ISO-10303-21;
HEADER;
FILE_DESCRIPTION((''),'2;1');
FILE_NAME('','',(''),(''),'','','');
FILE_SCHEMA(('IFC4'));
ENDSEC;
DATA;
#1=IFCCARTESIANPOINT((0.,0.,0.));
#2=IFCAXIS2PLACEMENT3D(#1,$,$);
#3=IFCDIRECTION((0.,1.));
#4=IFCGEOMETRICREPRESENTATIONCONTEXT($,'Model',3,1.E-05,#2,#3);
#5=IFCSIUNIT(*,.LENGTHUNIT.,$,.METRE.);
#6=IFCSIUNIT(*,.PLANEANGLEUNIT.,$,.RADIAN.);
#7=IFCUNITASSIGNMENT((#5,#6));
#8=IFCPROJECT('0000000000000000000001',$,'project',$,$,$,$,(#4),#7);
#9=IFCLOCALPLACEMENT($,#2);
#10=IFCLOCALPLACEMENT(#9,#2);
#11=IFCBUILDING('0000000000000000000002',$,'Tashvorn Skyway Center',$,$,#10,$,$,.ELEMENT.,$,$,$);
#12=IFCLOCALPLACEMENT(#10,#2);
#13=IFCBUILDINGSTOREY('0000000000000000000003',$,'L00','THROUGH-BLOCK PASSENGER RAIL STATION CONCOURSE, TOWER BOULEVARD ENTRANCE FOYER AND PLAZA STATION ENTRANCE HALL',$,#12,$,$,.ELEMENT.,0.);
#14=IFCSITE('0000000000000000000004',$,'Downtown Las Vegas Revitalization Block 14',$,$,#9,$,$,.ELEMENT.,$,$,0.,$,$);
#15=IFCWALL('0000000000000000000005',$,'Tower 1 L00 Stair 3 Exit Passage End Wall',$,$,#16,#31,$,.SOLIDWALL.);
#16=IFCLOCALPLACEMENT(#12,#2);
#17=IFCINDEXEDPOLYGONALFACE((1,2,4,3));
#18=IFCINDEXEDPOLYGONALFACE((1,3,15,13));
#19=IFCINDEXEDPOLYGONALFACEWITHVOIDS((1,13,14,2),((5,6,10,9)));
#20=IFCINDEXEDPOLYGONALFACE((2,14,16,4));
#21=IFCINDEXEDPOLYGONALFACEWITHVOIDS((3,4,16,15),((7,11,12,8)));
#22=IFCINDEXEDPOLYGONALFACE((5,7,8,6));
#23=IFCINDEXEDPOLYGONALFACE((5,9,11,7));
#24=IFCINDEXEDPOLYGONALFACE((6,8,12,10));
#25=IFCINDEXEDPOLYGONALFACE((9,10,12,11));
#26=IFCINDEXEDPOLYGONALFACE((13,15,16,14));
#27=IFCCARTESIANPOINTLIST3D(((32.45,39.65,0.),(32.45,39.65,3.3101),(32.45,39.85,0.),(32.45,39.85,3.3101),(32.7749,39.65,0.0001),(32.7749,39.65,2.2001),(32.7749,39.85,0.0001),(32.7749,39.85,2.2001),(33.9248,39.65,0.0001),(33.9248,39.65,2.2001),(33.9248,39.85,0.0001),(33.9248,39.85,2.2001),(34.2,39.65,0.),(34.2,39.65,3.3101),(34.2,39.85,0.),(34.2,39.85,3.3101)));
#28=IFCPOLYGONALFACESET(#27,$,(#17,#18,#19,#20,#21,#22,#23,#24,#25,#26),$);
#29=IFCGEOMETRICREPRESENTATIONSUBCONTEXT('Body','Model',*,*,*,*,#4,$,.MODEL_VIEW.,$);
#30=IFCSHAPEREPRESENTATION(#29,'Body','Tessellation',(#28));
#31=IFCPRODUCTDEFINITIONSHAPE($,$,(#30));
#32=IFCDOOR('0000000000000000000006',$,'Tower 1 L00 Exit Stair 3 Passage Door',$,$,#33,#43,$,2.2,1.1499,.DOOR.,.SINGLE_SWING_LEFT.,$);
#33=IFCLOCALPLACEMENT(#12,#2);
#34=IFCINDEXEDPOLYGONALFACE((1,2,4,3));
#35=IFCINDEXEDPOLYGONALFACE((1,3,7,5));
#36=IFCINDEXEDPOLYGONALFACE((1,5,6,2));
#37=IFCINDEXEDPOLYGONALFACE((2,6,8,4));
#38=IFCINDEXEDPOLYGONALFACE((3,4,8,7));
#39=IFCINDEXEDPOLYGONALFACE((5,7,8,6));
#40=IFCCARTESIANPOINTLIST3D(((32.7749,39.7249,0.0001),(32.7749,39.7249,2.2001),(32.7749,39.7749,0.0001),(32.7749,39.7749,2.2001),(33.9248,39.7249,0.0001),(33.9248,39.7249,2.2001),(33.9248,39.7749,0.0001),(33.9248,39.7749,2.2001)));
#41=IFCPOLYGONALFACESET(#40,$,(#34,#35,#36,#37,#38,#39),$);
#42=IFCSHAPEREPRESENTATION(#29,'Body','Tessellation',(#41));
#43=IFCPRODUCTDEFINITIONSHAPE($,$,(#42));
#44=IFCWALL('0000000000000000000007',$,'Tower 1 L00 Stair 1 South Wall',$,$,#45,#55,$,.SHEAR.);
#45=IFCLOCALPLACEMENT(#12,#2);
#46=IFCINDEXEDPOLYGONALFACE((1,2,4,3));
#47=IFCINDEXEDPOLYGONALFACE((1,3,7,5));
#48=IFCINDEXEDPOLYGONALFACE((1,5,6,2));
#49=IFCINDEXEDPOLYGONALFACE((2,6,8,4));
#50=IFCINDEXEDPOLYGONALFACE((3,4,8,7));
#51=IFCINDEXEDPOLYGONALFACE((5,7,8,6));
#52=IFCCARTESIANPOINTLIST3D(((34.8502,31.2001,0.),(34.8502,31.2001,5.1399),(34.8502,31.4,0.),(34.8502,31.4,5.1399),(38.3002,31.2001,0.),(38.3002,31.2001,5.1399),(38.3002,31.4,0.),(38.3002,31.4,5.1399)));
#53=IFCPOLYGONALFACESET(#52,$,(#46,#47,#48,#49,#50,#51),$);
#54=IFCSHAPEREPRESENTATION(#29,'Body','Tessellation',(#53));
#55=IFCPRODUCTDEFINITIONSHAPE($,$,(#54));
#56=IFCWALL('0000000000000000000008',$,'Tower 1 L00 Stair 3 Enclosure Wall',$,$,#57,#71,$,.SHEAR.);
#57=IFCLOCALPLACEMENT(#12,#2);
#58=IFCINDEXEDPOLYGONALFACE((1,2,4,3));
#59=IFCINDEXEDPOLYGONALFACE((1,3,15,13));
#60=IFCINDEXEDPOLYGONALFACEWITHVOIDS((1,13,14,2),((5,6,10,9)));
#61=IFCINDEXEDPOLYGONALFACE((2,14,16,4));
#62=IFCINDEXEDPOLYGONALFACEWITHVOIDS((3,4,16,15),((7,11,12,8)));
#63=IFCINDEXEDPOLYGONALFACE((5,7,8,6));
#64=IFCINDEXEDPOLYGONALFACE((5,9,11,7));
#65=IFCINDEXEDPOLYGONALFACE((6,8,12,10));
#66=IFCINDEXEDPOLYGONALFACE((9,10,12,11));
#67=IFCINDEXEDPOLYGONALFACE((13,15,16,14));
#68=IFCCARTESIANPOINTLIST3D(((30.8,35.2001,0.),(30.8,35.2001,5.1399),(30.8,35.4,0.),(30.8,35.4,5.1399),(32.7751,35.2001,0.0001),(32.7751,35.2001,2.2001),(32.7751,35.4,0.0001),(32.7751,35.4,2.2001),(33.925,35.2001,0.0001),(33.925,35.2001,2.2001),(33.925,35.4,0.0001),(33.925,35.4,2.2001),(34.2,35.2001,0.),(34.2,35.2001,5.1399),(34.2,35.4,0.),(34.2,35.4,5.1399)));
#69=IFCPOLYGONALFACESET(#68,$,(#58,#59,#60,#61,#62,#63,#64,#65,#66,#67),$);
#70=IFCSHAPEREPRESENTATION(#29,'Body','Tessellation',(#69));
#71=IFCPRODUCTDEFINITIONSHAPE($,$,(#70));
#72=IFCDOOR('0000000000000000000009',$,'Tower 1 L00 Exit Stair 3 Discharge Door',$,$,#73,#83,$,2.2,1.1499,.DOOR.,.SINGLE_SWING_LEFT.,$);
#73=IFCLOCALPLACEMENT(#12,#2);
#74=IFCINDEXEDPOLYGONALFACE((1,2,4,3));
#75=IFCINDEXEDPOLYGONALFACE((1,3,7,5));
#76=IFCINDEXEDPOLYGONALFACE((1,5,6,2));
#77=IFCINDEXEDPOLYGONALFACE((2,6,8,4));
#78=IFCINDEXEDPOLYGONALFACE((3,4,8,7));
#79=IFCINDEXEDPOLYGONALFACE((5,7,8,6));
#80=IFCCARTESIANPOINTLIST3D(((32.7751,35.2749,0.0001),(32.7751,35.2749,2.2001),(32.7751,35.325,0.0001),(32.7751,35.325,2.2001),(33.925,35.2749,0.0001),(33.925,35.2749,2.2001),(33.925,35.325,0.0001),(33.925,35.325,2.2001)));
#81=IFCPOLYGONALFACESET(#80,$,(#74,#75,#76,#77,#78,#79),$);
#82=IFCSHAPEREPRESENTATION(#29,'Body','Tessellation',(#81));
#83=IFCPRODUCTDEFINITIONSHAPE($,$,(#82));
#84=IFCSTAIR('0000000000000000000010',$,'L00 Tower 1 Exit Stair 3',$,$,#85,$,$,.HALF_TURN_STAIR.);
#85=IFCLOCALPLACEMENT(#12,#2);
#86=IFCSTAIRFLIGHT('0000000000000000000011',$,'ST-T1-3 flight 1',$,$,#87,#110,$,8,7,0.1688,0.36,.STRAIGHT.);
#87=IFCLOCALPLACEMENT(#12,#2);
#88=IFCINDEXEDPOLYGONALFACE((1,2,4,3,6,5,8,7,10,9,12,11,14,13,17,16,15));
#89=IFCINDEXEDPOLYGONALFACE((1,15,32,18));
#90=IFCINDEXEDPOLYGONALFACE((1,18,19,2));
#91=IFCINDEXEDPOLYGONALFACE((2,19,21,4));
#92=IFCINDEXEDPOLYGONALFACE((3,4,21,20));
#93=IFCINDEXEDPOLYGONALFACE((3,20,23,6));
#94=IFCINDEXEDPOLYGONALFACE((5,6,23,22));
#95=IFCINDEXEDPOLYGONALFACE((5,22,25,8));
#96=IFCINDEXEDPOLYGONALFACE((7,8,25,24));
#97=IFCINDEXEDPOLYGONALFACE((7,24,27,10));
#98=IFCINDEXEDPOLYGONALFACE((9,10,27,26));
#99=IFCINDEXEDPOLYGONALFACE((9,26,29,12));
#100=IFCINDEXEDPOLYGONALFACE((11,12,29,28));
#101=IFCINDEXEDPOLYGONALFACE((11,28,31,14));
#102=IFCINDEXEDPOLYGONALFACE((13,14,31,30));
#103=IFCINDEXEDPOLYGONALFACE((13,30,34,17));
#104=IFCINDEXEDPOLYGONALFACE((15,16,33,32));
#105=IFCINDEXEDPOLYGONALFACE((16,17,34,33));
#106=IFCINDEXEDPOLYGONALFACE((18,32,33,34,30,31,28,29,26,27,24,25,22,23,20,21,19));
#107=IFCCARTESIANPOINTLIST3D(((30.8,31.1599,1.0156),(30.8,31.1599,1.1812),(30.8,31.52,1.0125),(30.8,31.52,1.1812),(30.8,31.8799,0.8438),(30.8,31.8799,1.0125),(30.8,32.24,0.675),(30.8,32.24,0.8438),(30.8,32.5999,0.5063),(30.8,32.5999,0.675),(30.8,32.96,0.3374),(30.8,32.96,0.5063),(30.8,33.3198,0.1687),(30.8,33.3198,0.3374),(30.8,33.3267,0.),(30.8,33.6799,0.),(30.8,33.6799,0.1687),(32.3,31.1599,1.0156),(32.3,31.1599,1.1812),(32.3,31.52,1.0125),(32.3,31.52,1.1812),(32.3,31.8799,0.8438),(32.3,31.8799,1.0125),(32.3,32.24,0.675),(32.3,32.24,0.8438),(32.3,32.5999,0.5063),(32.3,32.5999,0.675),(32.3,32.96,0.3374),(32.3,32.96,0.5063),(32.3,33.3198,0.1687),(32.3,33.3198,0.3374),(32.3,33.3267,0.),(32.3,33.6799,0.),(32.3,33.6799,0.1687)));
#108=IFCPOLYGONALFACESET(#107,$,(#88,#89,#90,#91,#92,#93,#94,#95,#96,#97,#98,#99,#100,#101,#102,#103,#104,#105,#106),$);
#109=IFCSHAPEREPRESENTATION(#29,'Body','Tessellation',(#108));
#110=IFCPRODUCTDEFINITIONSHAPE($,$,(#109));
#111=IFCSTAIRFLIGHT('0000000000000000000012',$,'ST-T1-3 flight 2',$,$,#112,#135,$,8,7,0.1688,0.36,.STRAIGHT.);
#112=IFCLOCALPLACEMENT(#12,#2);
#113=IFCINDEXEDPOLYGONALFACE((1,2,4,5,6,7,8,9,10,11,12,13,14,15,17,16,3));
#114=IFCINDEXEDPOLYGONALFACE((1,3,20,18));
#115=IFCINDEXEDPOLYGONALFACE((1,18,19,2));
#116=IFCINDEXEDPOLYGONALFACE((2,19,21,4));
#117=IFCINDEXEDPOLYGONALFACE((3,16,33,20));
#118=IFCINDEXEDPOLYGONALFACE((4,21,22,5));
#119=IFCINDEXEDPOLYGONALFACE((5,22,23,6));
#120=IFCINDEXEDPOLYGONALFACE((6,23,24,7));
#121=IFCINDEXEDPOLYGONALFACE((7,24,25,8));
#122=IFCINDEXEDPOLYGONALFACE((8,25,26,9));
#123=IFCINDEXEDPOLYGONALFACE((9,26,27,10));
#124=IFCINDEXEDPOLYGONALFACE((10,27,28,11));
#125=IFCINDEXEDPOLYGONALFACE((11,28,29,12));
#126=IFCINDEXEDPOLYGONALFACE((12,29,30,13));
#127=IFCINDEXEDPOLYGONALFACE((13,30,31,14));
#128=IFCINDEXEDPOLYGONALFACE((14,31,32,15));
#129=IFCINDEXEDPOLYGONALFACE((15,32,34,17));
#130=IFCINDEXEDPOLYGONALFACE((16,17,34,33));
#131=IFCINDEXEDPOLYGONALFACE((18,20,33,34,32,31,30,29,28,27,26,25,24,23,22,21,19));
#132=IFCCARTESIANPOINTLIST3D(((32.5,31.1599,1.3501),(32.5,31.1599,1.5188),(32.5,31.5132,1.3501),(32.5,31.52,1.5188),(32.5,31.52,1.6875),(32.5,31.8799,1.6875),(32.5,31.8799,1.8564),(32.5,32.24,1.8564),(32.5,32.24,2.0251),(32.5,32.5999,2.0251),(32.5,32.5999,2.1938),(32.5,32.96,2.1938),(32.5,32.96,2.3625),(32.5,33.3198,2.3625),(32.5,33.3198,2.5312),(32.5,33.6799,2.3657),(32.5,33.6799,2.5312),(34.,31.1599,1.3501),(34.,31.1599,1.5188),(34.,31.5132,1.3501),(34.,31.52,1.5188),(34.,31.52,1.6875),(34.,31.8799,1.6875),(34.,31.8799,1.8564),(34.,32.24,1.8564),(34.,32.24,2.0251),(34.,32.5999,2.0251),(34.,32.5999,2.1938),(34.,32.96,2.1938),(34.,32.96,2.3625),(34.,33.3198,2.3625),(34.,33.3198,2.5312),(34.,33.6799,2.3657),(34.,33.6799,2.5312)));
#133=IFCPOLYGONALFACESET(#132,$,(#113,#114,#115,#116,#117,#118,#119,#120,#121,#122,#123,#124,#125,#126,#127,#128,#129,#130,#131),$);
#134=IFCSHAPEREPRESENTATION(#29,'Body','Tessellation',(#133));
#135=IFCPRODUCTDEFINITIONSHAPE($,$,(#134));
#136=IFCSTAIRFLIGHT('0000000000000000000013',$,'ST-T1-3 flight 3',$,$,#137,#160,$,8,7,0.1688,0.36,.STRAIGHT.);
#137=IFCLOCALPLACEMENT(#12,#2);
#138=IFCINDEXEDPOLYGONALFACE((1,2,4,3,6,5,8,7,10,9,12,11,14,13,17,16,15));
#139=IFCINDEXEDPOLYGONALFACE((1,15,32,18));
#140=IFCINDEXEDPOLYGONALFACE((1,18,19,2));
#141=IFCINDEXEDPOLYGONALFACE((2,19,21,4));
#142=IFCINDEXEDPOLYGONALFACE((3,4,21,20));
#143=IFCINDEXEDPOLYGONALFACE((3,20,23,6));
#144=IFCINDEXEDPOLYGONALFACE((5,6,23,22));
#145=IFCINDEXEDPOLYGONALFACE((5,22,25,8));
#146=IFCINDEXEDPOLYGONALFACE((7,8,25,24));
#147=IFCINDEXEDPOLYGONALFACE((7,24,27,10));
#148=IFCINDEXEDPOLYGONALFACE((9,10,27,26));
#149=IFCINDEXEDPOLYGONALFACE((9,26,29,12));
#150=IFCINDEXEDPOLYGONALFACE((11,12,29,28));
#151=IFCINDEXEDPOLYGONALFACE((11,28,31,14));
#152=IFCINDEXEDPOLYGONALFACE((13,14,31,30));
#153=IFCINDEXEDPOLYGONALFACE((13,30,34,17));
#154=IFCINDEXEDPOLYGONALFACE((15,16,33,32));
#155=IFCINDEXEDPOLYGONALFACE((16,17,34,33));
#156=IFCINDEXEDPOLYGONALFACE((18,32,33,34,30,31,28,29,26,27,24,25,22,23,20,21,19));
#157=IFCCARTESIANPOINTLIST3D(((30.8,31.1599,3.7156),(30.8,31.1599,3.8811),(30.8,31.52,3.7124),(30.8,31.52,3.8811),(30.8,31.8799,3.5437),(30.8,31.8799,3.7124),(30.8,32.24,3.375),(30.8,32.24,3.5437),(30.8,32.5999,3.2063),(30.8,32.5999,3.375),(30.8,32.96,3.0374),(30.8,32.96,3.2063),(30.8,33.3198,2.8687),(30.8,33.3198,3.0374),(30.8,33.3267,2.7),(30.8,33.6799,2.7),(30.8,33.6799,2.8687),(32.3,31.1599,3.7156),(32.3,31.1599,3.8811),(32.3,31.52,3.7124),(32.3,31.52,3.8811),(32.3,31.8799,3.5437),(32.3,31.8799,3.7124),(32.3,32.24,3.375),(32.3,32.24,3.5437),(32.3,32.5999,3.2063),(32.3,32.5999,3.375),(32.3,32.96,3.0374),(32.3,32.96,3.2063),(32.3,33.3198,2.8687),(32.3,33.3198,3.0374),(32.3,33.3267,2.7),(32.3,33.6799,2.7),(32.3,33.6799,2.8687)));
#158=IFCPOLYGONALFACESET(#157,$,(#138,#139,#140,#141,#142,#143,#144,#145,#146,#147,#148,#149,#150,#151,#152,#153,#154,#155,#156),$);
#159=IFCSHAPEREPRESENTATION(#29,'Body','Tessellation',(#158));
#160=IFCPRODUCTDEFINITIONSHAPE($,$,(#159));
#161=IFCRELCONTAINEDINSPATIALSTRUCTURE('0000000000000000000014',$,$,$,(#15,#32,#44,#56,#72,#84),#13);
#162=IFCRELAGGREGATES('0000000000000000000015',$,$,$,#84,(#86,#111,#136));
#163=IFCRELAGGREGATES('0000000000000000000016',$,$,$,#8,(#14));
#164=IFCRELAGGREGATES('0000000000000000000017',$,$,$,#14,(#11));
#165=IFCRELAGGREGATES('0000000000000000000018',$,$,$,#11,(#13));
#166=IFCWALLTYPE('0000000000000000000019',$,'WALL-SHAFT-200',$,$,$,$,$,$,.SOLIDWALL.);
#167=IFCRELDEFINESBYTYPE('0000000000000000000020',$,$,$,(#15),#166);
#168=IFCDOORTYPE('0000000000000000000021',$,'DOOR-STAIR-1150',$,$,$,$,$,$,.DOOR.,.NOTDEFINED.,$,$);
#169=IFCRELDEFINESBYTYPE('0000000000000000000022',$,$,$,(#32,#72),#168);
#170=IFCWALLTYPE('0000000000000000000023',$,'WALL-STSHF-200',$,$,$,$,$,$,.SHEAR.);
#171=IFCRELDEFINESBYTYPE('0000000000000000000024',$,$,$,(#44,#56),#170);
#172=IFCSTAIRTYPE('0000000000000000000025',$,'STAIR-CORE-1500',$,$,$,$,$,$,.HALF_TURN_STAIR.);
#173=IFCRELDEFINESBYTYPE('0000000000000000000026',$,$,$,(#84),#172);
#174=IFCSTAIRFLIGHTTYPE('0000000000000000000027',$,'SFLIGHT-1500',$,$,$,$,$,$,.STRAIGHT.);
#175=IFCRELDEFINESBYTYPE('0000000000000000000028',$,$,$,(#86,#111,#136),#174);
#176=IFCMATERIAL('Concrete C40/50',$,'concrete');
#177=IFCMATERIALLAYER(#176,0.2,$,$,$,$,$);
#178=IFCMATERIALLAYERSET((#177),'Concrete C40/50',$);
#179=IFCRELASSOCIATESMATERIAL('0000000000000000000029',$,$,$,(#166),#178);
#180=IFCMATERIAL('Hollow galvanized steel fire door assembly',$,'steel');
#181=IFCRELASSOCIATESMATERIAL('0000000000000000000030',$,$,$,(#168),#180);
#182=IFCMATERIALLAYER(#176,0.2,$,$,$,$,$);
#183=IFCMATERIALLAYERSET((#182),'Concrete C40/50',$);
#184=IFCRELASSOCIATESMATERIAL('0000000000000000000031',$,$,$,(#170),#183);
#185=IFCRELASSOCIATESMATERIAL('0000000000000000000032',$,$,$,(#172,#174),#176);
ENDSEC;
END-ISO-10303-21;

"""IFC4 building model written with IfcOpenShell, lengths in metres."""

from ifc_helpers import new_model, si_unit, direction, frame, frame_2d, origin, place, context, subcontext, project, spatial, polyline, rectangle, outline, extrude, material, layer, layer_set, type_object, element, fill, aggregate, save


model = new_model("IFC4")

# Units and contexts
model_context = context("Model", 3, precision=1e-05, world=origin(), true_north=direction((0.0, 1.0)))
body_context = subcontext(model_context, "Body", "Model", "MODEL_VIEW")
ifc_project = project(units=[si_unit("LENGTHUNIT", "METRE"), si_unit("PLANEANGLEUNIT", "RADIAN")], contexts=[model_context])

# Site, building, storey
site_placement = place(None, origin())
site = spatial("IfcSite", under=ifc_project, at=site_placement, Name="Downtown Las Vegas Revitalization Block 14", CompositionType="ELEMENT", RefElevation=0.0)
building_placement = place(site_placement, origin())
building = spatial("IfcBuilding", under=site, at=building_placement, Name="Tashvorn Skyway Center", CompositionType="ELEMENT")
storey_placement = place(building_placement, origin())
storey = spatial("IfcBuildingStorey", under=building, at=storey_placement, Name="L00", Description="THROUGH-BLOCK PASSENGER RAIL STATION CONCOURSE, TOWER BOULEVARD ENTRANCE FOYER AND PLAZA STATION ENTRANCE HALL", CompositionType="ELEMENT", Elevation=0.0)

# Shared definitions
ifc_material_1 = material(Name="Concrete C40/50", Category="concrete")
ifc_layer_1 = layer(ifc_material_1, 0.2)
ifc_layer_set_1 = layer_set([ifc_layer_1], Name="Concrete C40/50")
wall_type_1 = type_object("IfcWallType", Name="WALL-SHAFT-200", PredefinedType="SOLIDWALL", material=ifc_layer_set_1)

# Wall, opening, door
wall_1_placement = place(storey_placement, frame((32.45, 39.75, 0.0), z_axis=(0.0, 0.0, 1.0), x_axis=(1.0, 0.0, 0.0)))
wall_1 = element("IfcWall", 1, at=wall_1_placement, inside=storey, type_object=wall_type_1, Name="Tower 1 L00 Stair 3 Exit Passage End Wall", PredefinedType="SOLIDWALL", context=body_context, shape_type="SweptSolid", body=[
    extrude(rectangle(XDim=1.75, YDim=0.2, at=frame_2d((0.875, 0.0))), origin(), (0.0, 0.0, 1.0), 3.3101),
])
opening_1_placement = place(wall_1_placement, frame((0.325, 0.0, 0.0)))
opening_1 = element("IfcOpeningElement", 2, at=opening_1_placement, cuts=wall_1, PredefinedType="OPENING", context=body_context, shape_type="SweptSolid", body=[
    extrude(rectangle(XDim=1.1499, YDim=2.2, at=frame_2d((0.575, 1.1001))), frame((0.0, 0.1099, 0.0), z_axis=(0.0, -1.0, 0.0), x_axis=(1.0, 0.0, 0.0)), (0.0, 0.0, 1.0), 0.22),
])
ifc_material_2 = material(Name="Hollow galvanized steel fire door assembly", Category="steel")
door_type = type_object("IfcDoorType", Name="DOOR-STAIR-1150", OperationType="NOTDEFINED", PredefinedType="DOOR", material=ifc_material_2)
door_1_placement = place(opening_1_placement, origin())
door_1 = element("IfcDoor", 3, at=door_1_placement, inside=storey, type_object=door_type, Name="Tower 1 L00 Exit Stair 3 Passage Door", OperationType="SINGLE_SWING_LEFT", OverallHeight=2.2, OverallWidth=1.1499, PredefinedType="DOOR", context=body_context, shape_type="SweptSolid", body=[
    extrude(rectangle(XDim=1.1499, YDim=2.2, at=frame_2d((0.575, 1.1001))), frame((0.0, 0.0249, 0.0), z_axis=(0.0, -1.0, 0.0), x_axis=(1.0, 0.0, 0.0)), (0.0, 0.0, 1.0), 0.05),
])
fill(opening_1, door_1)

# Wall
ifc_layer_2 = layer(ifc_material_1, 0.2)
ifc_layer_set_2 = layer_set([ifc_layer_2], Name="Concrete C40/50")
wall_type_2 = type_object("IfcWallType", Name="WALL-STSHF-200", PredefinedType="SHEAR", material=ifc_layer_set_2)
wall_2_placement = place(storey_placement, frame((34.8501, 31.3, 0.0), z_axis=(0.0, 0.0, 1.0), x_axis=(1.0, 0.0, 0.0)))
element("IfcWall", 4, at=wall_2_placement, inside=storey, type_object=wall_type_2, Name="Tower 1 L00 Stair 1 South Wall", PredefinedType="SHEAR", context=body_context, shape_type="SweptSolid", body=[
    extrude(rectangle(XDim=3.45, YDim=0.2, at=frame_2d((1.7251, 0.0))), origin(), (0.0, 0.0, 1.0), 5.1399),
])

# Wall, opening, door
wall_3_placement = place(storey_placement, frame((30.8, 35.3, 0.0), z_axis=(0.0, 0.0, 1.0), x_axis=(1.0, 0.0, 0.0)))
wall_3 = element("IfcWall", 5, at=wall_3_placement, inside=storey, type_object=wall_type_2, Name="Tower 1 L00 Stair 3 Enclosure Wall", PredefinedType="SHEAR", context=body_context, shape_type="SweptSolid", body=[
    extrude(rectangle(XDim=3.3999, YDim=0.2, at=frame_2d((1.7, 0.0))), origin(), (0.0, 0.0, 1.0), 5.1399),
])
opening_2_placement = place(wall_3_placement, frame((1.9751, 0.0, 0.0)))
opening_2 = element("IfcOpeningElement", 6, at=opening_2_placement, cuts=wall_3, PredefinedType="OPENING", context=body_context, shape_type="SweptSolid", body=[
    extrude(rectangle(XDim=1.1499, YDim=2.2, at=frame_2d((0.575, 1.1001))), frame((0.0, 0.1099, 0.0), z_axis=(0.0, -1.0, 0.0), x_axis=(1.0, 0.0, 0.0)), (0.0, 0.0, 1.0), 0.22),
])
door_2_placement = place(opening_2_placement, origin())
door_2 = element("IfcDoor", 7, at=door_2_placement, inside=storey, type_object=door_type, Name="Tower 1 L00 Exit Stair 3 Discharge Door", OperationType="SINGLE_SWING_LEFT", OverallHeight=2.2, OverallWidth=1.1499, PredefinedType="DOOR", context=body_context, shape_type="SweptSolid", body=[
    extrude(rectangle(XDim=1.1499, YDim=2.2, at=frame_2d((0.575, 1.1001))), frame((0.0, 0.0249, 0.0), z_axis=(0.0, -1.0, 0.0), x_axis=(1.0, 0.0, 0.0)), (0.0, 0.0, 1.0), 0.05),
])
fill(opening_2, door_2)

# Stair, stair flights
stair_type = type_object("IfcStairType", Name="STAIR-CORE-1500", PredefinedType="HALF_TURN_STAIR", material=ifc_material_1)
stair_placement = place(storey_placement, origin())
stair = element("IfcStair", 8, at=stair_placement, inside=storey, type_object=stair_type, Name="L00 Tower 1 Exit Stair 3", PredefinedType="HALF_TURN_STAIR")
stair_flight_type = type_object("IfcStairFlightType", Name="SFLIGHT-1500", PredefinedType="STRAIGHT", material=ifc_material_1)
stair_flight_1_placement = place(storey_placement, frame((31.55, 33.6799, 0.0), z_axis=(0.0, 0.0, 1.0), x_axis=(0.0, -1.0, 0.0)))
stair_flight_1 = element("IfcStairFlight", 9, at=stair_flight_1_placement, type_object=stair_flight_type, Name="ST-T1-3 flight 1", NumberOfRisers=8, NumberOfTreads=7, PredefinedType="STRAIGHT", RiserHeight=0.1688, TreadLength=0.36, context=body_context, shape_type="SweptSolid", body=[
    extrude(outline(polyline([(0.0, 0.0), (0.0, 0.1687), (0.3601, 0.1687), (0.3601, 0.3374), (0.72, 0.3374), (0.72, 0.5063), (1.0801, 0.5063), (1.0801, 0.675), (1.4399, 0.675), (1.4399, 0.8438), (1.8, 0.8438), (1.8, 1.0125), (2.1599, 1.0125), (2.1599, 1.1812), (2.52, 1.1812), (2.52, 1.3501), (2.52, 1.0156), (0.3533, 0.0), (0.0, 0.0)])), frame((0.0, 0.75, 0.0), z_axis=(0.0, -1.0, 0.0), x_axis=(1.0, 0.0, 0.0)), (0.0, 0.0, 1.0), 1.5),
])
stair_flight_2_placement = place(storey_placement, frame((33.25, 31.1599, 1.3501), z_axis=(0.0, 0.0, 1.0), x_axis=(0.0, 1.0, 0.0)))
stair_flight_2 = element("IfcStairFlight", 10, at=stair_flight_2_placement, type_object=stair_flight_type, Name="ST-T1-3 flight 2", NumberOfRisers=8, NumberOfTreads=7, PredefinedType="STRAIGHT", RiserHeight=0.1688, TreadLength=0.36, context=body_context, shape_type="SweptSolid", body=[
    extrude(outline(polyline([(0.0, 0.0), (0.0, 0.1687), (0.3601, 0.1687), (0.3601, 0.3374), (0.72, 0.3374), (0.72, 0.5063), (1.0801, 0.5063), (1.0801, 0.675), (1.4399, 0.675), (1.4399, 0.8438), (1.8, 0.8438), (1.8, 1.0125), (2.1599, 1.0125), (2.1599, 1.1812), (2.52, 1.1812), (2.52, 1.3501), (2.52, 1.0156), (0.3533, 0.0), (0.0, 0.0)])), frame((0.0, 0.75, 0.0), z_axis=(0.0, -1.0, 0.0), x_axis=(1.0, 0.0, 0.0)), (0.0, 0.0, 1.0), 1.5),
])
stair_flight_3_placement = place(storey_placement, frame((31.55, 33.6799, 2.7), z_axis=(0.0, 0.0, 1.0), x_axis=(0.0, -1.0, 0.0)))
stair_flight_3 = element("IfcStairFlight", 11, at=stair_flight_3_placement, type_object=stair_flight_type, Name="ST-T1-3 flight 3", NumberOfRisers=8, NumberOfTreads=7, PredefinedType="STRAIGHT", RiserHeight=0.1688, TreadLength=0.36, context=body_context, shape_type="SweptSolid", body=[
    extrude(outline(polyline([(0.0, 0.0), (0.0, 0.1687), (0.3601, 0.1687), (0.3601, 0.3374), (0.72, 0.3374), (0.72, 0.5063), (1.0801, 0.5063), (1.0801, 0.675), (1.4399, 0.675), (1.4399, 0.8438), (1.8, 0.8438), (1.8, 1.0125), (2.1599, 1.0125), (2.1599, 1.1812), (2.52, 1.1812), (2.52, 1.3501), (2.52, 1.0156), (0.3533, 0.0), (0.0, 0.0)])), frame((0.0, 0.75, 0.0), z_axis=(0.0, -1.0, 0.0), x_axis=(1.0, 0.0, 0.0)), (0.0, 0.0, 1.0), 1.5),
])
aggregate(stair, [stair_flight_1, stair_flight_2, stair_flight_3])

save(model, "model.ifc")
